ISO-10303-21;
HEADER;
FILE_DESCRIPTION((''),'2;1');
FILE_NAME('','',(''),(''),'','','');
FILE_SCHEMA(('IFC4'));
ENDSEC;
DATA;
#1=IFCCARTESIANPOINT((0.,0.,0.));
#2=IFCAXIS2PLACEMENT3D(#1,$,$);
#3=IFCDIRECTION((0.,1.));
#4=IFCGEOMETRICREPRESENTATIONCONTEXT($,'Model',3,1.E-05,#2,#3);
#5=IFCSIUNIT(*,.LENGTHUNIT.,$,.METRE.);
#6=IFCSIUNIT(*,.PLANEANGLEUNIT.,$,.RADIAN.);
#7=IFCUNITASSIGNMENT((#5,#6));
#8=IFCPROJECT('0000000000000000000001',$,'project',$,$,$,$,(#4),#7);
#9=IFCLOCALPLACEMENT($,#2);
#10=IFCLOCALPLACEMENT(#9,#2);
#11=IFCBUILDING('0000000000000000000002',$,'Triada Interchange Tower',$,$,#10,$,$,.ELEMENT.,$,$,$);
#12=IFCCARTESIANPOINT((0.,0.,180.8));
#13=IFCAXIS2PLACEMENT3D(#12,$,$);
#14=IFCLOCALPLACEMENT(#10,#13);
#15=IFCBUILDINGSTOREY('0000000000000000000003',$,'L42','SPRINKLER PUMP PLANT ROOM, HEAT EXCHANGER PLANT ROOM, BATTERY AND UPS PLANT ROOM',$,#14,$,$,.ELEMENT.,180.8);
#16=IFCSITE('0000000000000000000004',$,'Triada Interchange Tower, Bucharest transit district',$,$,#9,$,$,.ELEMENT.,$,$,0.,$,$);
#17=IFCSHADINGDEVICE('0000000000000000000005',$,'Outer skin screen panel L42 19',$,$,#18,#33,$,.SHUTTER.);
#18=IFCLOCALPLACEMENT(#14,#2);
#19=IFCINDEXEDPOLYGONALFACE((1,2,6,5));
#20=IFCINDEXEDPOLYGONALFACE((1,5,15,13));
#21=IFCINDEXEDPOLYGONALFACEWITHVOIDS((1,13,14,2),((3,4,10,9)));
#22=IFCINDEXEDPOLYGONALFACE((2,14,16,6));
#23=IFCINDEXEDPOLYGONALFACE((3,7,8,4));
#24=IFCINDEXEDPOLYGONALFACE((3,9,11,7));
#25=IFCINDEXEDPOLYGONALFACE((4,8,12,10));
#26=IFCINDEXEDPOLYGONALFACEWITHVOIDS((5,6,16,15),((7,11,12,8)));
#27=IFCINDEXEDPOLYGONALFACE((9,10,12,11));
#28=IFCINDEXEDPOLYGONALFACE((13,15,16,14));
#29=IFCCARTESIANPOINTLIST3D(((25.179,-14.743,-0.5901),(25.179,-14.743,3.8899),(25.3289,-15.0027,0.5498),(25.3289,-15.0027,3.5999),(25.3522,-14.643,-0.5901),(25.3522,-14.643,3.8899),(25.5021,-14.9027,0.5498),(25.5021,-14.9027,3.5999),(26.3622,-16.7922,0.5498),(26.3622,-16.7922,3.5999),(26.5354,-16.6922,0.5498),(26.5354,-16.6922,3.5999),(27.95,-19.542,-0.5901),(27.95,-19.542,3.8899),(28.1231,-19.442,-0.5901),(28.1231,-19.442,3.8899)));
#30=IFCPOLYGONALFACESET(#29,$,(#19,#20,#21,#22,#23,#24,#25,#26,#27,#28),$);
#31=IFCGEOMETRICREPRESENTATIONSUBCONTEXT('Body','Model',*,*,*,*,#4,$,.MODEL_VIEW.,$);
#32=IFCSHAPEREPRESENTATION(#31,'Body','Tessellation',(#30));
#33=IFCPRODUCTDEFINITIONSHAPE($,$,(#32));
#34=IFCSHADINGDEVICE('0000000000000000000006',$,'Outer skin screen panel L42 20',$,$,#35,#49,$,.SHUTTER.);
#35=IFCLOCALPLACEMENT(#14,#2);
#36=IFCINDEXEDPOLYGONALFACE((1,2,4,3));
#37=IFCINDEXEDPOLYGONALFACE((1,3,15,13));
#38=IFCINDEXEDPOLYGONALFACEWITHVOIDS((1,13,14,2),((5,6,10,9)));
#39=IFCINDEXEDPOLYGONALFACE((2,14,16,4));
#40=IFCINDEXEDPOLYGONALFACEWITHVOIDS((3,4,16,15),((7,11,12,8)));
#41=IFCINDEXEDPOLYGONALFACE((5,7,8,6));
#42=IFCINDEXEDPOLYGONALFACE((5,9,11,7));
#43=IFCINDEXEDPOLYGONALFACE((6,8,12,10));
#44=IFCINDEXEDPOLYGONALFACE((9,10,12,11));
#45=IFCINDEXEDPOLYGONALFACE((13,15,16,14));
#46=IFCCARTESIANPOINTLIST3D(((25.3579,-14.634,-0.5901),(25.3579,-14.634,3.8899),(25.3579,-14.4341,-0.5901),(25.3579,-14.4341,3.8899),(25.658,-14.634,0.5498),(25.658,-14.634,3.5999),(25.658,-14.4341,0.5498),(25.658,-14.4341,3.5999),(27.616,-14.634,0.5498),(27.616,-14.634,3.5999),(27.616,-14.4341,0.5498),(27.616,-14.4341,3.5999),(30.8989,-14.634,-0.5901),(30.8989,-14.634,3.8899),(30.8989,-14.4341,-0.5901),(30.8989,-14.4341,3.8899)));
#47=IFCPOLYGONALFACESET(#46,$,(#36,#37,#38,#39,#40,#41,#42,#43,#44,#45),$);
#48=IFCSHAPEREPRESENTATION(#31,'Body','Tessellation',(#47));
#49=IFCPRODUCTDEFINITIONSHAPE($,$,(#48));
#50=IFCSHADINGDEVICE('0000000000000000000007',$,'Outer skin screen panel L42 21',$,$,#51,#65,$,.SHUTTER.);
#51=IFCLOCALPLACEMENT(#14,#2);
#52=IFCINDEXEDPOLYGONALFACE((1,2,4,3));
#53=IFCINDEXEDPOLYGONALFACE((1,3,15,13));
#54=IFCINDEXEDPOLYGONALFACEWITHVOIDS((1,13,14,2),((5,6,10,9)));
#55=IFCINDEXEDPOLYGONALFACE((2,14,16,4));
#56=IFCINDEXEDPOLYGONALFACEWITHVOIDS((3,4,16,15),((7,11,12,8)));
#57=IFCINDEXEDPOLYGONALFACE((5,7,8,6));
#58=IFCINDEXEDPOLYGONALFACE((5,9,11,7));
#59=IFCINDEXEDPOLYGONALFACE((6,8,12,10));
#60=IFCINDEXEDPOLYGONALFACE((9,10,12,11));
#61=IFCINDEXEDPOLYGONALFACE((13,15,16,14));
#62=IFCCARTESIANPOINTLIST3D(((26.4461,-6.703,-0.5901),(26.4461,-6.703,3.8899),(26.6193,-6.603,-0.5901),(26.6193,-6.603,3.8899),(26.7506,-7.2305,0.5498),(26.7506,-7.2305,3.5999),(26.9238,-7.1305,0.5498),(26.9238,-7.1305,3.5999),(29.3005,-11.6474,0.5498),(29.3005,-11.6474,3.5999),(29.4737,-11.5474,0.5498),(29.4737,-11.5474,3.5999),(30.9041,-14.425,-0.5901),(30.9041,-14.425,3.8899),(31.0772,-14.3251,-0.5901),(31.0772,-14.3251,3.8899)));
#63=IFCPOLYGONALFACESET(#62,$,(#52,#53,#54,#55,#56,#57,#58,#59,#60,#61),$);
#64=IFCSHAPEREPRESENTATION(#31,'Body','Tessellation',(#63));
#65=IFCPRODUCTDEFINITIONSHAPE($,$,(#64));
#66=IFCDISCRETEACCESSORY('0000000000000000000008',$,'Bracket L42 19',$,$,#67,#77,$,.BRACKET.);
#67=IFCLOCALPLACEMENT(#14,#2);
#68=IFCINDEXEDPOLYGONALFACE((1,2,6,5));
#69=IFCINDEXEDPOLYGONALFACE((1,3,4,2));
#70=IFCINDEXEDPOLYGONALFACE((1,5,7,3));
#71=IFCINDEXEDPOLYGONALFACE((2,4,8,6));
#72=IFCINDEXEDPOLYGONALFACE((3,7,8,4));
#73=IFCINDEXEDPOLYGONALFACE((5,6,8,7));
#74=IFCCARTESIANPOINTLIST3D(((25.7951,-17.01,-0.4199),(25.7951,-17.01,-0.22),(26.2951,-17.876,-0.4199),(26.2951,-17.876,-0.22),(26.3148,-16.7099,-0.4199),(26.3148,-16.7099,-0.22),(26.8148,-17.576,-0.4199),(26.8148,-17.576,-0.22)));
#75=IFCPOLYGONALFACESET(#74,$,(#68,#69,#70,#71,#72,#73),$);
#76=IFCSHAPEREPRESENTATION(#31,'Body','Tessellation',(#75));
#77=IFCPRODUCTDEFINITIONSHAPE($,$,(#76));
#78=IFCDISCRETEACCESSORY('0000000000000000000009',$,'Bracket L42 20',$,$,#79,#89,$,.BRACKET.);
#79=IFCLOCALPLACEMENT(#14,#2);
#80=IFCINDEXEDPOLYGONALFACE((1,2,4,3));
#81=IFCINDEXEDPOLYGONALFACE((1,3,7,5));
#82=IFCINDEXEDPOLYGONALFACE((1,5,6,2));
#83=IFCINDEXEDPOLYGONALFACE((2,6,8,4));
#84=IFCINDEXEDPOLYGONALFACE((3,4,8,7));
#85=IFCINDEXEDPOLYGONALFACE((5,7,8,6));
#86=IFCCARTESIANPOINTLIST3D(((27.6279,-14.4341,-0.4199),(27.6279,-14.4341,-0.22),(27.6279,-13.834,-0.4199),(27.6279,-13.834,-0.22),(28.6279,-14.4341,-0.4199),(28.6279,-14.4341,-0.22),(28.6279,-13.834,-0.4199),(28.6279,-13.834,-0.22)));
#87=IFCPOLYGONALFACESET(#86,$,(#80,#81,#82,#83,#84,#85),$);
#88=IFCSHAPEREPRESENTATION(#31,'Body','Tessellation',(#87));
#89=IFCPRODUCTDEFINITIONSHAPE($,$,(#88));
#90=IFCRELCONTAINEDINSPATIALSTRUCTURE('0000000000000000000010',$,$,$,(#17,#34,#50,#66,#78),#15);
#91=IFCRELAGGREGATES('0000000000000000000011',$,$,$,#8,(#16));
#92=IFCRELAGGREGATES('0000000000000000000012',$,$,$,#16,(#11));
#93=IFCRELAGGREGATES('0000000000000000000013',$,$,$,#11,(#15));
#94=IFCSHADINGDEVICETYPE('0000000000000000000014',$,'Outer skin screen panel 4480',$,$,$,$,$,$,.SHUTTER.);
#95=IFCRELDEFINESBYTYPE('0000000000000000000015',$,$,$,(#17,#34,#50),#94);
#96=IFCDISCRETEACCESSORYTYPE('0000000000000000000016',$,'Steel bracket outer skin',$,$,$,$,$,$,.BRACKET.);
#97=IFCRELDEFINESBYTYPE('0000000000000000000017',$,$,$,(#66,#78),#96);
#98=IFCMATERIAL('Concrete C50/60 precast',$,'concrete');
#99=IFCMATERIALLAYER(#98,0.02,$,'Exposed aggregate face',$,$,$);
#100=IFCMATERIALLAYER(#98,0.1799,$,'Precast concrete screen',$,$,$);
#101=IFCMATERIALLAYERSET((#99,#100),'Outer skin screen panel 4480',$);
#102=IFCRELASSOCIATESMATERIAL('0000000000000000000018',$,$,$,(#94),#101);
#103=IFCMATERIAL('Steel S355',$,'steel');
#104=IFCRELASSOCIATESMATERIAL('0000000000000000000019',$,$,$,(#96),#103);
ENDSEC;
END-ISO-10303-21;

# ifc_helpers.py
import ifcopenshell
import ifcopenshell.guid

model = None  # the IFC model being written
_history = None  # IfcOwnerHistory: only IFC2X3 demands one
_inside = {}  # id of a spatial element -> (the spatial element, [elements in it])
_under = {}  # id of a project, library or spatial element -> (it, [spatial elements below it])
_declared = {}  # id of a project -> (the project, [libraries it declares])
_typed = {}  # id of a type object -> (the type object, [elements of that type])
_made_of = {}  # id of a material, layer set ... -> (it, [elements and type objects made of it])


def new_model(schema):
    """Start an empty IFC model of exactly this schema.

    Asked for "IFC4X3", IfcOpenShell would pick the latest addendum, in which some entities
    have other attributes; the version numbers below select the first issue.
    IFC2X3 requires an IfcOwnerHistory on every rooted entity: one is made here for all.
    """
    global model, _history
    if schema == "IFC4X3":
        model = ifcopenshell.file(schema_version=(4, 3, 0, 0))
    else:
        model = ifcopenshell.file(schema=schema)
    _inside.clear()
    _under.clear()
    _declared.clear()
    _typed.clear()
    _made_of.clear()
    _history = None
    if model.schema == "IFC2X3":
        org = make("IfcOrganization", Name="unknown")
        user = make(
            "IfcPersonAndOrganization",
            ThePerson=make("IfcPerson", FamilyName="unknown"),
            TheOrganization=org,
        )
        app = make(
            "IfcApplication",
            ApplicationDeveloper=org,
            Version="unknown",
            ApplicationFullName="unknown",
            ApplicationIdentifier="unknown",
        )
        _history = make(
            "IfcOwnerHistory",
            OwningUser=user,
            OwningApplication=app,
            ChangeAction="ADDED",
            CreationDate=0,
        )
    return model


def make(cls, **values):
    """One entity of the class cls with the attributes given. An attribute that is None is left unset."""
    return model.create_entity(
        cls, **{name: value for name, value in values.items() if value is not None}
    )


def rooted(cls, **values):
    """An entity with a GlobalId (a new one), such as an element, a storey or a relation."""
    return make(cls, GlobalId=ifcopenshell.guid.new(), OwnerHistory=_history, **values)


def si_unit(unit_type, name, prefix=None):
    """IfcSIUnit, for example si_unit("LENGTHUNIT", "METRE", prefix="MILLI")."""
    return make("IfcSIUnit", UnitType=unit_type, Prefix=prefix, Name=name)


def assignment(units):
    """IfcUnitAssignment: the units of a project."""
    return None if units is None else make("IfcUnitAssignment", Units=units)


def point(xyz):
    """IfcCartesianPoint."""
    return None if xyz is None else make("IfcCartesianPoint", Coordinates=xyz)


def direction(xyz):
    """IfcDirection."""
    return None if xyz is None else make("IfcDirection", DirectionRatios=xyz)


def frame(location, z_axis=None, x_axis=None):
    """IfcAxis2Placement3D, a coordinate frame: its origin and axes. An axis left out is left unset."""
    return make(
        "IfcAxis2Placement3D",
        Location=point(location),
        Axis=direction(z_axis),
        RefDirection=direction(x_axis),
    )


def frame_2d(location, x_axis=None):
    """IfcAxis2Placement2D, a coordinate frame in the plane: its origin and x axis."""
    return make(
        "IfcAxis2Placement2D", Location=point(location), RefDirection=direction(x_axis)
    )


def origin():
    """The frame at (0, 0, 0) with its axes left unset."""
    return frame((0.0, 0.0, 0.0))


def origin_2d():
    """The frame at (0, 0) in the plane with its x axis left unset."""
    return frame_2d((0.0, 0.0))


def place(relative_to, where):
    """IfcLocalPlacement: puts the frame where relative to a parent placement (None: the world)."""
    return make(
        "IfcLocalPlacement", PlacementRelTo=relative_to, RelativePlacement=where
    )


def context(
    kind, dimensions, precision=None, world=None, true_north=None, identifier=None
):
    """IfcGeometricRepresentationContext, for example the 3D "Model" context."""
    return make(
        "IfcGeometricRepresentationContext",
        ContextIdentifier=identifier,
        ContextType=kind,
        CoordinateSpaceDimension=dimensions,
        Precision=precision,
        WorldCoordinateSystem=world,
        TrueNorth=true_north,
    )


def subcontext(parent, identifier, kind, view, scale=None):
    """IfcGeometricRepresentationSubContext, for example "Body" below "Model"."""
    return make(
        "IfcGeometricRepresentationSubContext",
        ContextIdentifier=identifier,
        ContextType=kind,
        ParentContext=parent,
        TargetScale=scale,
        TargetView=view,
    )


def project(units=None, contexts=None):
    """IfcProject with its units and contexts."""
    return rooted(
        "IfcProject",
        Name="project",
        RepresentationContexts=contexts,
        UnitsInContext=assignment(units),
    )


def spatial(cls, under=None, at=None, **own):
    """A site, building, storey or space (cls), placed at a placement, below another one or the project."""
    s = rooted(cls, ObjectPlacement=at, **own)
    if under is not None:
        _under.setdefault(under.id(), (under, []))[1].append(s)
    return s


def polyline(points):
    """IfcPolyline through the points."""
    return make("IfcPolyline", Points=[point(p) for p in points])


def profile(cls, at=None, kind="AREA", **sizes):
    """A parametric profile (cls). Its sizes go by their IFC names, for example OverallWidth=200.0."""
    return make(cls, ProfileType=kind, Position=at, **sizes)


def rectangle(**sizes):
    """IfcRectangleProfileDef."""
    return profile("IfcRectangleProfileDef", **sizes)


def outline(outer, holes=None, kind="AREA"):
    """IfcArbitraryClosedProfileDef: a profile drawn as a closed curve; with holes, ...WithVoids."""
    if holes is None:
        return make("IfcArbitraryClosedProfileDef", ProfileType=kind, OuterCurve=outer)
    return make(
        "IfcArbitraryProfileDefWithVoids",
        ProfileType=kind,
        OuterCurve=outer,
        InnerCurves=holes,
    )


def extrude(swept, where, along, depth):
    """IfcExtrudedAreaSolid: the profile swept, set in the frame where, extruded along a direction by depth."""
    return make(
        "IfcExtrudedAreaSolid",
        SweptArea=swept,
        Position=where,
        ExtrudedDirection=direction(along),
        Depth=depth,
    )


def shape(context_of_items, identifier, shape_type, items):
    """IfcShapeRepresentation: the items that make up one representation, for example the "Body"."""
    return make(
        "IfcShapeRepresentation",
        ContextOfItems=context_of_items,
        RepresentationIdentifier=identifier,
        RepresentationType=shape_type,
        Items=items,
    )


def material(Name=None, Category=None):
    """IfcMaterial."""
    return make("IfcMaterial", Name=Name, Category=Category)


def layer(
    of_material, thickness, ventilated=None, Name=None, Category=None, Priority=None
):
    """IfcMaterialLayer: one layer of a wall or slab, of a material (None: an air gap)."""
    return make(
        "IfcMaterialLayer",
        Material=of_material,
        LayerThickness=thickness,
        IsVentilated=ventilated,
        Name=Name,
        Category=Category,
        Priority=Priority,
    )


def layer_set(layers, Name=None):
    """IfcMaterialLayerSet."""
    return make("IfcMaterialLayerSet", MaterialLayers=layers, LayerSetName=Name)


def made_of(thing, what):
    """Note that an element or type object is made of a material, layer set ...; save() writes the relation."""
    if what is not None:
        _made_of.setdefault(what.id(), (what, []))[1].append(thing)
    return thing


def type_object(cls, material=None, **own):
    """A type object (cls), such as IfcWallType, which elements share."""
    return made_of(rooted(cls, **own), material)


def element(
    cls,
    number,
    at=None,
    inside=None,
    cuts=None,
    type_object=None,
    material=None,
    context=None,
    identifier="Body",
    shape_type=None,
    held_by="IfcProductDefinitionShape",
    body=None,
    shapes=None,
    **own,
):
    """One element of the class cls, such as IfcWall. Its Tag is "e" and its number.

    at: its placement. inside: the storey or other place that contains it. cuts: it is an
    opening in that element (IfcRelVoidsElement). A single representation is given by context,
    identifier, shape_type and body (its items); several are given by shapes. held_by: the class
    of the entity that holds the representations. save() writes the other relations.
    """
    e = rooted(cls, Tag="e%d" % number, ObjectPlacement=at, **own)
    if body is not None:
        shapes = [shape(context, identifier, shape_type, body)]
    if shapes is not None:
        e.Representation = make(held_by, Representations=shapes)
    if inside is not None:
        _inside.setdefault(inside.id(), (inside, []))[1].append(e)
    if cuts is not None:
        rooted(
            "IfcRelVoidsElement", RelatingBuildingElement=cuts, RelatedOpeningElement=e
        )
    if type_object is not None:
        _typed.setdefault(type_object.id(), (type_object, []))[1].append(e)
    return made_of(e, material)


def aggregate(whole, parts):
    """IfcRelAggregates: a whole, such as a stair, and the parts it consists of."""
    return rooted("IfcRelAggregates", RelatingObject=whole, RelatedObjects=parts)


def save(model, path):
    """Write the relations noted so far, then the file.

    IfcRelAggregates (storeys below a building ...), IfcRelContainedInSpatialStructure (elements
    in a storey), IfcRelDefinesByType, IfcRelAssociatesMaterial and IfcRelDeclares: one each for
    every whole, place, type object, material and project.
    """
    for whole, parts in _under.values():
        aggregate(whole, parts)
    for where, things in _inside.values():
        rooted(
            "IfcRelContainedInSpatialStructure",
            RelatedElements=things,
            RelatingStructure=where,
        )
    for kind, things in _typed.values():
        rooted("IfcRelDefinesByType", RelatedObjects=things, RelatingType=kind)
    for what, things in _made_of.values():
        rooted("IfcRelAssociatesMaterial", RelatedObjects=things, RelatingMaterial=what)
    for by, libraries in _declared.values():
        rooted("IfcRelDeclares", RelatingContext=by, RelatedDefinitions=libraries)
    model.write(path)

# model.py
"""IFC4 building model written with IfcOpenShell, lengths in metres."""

from ifc_helpers import new_model, si_unit, direction, frame, origin, origin_2d, place, context, subcontext, project, spatial, polyline, rectangle, outline, extrude, material, layer, layer_set, type_object, element, save


model = new_model("IFC4")

# Units and contexts
model_context = context("Model", 3, precision=1e-05, world=origin(), true_north=direction((0.0, 1.0)))
body_context = subcontext(model_context, "Body", "Model", "MODEL_VIEW")
ifc_project = project(units=[si_unit("LENGTHUNIT", "METRE"), si_unit("PLANEANGLEUNIT", "RADIAN")], contexts=[model_context])

# Site, building, storey
site_placement = place(None, origin())
site = spatial("IfcSite", under=ifc_project, at=site_placement, Name="Triada Interchange Tower, Bucharest transit district", CompositionType="ELEMENT", RefElevation=0.0)
building_placement = place(site_placement, origin())
building = spatial("IfcBuilding", under=site, at=building_placement, Name="Triada Interchange Tower", CompositionType="ELEMENT")
storey_placement = place(building_placement, frame((0.0, 0.0, 180.8)))
storey = spatial("IfcBuildingStorey", under=building, at=storey_placement, Name="L42", Description="SPRINKLER PUMP PLANT ROOM, HEAT EXCHANGER PLANT ROOM, BATTERY AND UPS PLANT ROOM", CompositionType="ELEMENT", Elevation=180.8)

# Shared definitions
ifc_material_1 = material(Name="Steel S355", Category="steel")

# Shading devices
ifc_material_2 = material(Name="Concrete C50/60 precast", Category="concrete")
ifc_layer_1 = layer(ifc_material_2, 0.02, Name="Exposed aggregate face")
ifc_layer_2 = layer(ifc_material_2, 0.1799, Name="Precast concrete screen")
ifc_layer_set_1 = layer_set([ifc_layer_1, ifc_layer_2], Name="Outer skin screen panel 4480")
shading_device_type = type_object("IfcShadingDeviceType", Name="Outer skin screen panel 4480", PredefinedType="SHUTTER", material=ifc_layer_set_1)
shading_device_1_placement = place(storey_placement, frame((27.95, -19.542, -0.5901), z_axis=(0.0, 0.0, 1.0), x_axis=(-0.500034, 0.866006, 0.0)))
element("IfcShadingDevice", 1, at=shading_device_1_placement, inside=storey, type_object=shading_device_type, Name="Outer skin screen panel L42 19", PredefinedType="SHUTTER", context=body_context, shape_type="SweptSolid", body=[
    extrude(outline(polyline([(0.0, 0.0), (5.5415, 0.0), (5.5415, 4.48), (0.0, 4.48), (0.0, 0.0)]), holes=[polyline([(3.1753, 1.1399), (3.1753, 4.1899), (5.2417, 4.1899), (5.2417, 1.1399), (3.1753, 1.1399)])]), frame((0.0, 0.0, 0.0), z_axis=(0.0, -1.0, 0.0), x_axis=(1.0, 0.0, 0.0)), (0.0, 0.0, 1.0), 0.2),
])
shading_device_2_placement = place(storey_placement, frame((25.3579, -14.4341, -0.5901), z_axis=(0.0, 0.0, 1.0), x_axis=(1.0, 0.0, 0.0)))
element("IfcShadingDevice", 2, at=shading_device_2_placement, inside=storey, type_object=shading_device_type, Name="Outer skin screen panel L42 20", PredefinedType="SHUTTER", context=body_context, shape_type="SweptSolid", body=[
    extrude(outline(polyline([(0.0, 0.0), (5.541, 0.0), (5.541, 4.48), (0.0, 4.48), (0.0, 0.0)]), holes=[polyline([(0.3, 1.1399), (0.3, 4.1899), (2.2581, 4.1899), (2.2581, 1.1399), (0.3, 1.1399)])]), frame((0.0, 0.0, 0.0), z_axis=(0.0, -1.0, 0.0), x_axis=(1.0, 0.0, 0.0)), (0.0, 0.0, 1.0), 0.2),
])
shading_device_3_placement = place(storey_placement, frame((30.9041, -14.425, -0.5901), z_axis=(0.0, 0.0, 1.0), x_axis=(-0.499967, 0.866044, 0.0)))
element("IfcShadingDevice", 3, at=shading_device_3_placement, inside=storey, type_object=shading_device_type, Name="Outer skin screen panel L42 21", PredefinedType="SHUTTER", context=body_context, shape_type="SweptSolid", body=[
    extrude(outline(polyline([(0.0, 0.0), (8.9165, 0.0), (8.9165, 4.48), (0.0, 4.48), (0.0, 0.0)]), holes=[polyline([(3.2073, 1.1399), (3.2073, 4.1899), (8.3074, 4.1899), (8.3074, 1.1399), (3.2073, 1.1399)])]), frame((0.0, 0.0, 0.0), z_axis=(0.0, -1.0, 0.0), x_axis=(1.0, 0.0, 0.0)), (0.0, 0.0, 1.0), 0.2),
])

# Discrete accessories
discrete_accessory_type = type_object("IfcDiscreteAccessoryType", Name="Steel bracket outer skin", PredefinedType="BRACKET", material=ifc_material_1)
for number, where, z_axis, x_axis, name in (
    (4, (26.3049, -17.293, -0.4199), (0.0, 0.0, 1.0), (0.866047, 0.499962, 0.0), "Bracket L42 19"),
    (5, (28.1279, -14.134, -0.4199), (0.0, 0.0, 1.0), (0.0, -1.0, 0.0), "Bracket L42 20"),
):
    element("IfcDiscreteAccessory", number, at=place(storey_placement, frame(where, z_axis=z_axis, x_axis=x_axis)), inside=storey, type_object=discrete_accessory_type, Name=name, PredefinedType="BRACKET", context=body_context, shape_type="SweptSolid", body=[
        extrude(rectangle(XDim=0.6001, YDim=1.0, at=origin_2d()), origin(), (0.0, 0.0, 1.0), 0.2),
    ])

save(model, "model.ifc")
